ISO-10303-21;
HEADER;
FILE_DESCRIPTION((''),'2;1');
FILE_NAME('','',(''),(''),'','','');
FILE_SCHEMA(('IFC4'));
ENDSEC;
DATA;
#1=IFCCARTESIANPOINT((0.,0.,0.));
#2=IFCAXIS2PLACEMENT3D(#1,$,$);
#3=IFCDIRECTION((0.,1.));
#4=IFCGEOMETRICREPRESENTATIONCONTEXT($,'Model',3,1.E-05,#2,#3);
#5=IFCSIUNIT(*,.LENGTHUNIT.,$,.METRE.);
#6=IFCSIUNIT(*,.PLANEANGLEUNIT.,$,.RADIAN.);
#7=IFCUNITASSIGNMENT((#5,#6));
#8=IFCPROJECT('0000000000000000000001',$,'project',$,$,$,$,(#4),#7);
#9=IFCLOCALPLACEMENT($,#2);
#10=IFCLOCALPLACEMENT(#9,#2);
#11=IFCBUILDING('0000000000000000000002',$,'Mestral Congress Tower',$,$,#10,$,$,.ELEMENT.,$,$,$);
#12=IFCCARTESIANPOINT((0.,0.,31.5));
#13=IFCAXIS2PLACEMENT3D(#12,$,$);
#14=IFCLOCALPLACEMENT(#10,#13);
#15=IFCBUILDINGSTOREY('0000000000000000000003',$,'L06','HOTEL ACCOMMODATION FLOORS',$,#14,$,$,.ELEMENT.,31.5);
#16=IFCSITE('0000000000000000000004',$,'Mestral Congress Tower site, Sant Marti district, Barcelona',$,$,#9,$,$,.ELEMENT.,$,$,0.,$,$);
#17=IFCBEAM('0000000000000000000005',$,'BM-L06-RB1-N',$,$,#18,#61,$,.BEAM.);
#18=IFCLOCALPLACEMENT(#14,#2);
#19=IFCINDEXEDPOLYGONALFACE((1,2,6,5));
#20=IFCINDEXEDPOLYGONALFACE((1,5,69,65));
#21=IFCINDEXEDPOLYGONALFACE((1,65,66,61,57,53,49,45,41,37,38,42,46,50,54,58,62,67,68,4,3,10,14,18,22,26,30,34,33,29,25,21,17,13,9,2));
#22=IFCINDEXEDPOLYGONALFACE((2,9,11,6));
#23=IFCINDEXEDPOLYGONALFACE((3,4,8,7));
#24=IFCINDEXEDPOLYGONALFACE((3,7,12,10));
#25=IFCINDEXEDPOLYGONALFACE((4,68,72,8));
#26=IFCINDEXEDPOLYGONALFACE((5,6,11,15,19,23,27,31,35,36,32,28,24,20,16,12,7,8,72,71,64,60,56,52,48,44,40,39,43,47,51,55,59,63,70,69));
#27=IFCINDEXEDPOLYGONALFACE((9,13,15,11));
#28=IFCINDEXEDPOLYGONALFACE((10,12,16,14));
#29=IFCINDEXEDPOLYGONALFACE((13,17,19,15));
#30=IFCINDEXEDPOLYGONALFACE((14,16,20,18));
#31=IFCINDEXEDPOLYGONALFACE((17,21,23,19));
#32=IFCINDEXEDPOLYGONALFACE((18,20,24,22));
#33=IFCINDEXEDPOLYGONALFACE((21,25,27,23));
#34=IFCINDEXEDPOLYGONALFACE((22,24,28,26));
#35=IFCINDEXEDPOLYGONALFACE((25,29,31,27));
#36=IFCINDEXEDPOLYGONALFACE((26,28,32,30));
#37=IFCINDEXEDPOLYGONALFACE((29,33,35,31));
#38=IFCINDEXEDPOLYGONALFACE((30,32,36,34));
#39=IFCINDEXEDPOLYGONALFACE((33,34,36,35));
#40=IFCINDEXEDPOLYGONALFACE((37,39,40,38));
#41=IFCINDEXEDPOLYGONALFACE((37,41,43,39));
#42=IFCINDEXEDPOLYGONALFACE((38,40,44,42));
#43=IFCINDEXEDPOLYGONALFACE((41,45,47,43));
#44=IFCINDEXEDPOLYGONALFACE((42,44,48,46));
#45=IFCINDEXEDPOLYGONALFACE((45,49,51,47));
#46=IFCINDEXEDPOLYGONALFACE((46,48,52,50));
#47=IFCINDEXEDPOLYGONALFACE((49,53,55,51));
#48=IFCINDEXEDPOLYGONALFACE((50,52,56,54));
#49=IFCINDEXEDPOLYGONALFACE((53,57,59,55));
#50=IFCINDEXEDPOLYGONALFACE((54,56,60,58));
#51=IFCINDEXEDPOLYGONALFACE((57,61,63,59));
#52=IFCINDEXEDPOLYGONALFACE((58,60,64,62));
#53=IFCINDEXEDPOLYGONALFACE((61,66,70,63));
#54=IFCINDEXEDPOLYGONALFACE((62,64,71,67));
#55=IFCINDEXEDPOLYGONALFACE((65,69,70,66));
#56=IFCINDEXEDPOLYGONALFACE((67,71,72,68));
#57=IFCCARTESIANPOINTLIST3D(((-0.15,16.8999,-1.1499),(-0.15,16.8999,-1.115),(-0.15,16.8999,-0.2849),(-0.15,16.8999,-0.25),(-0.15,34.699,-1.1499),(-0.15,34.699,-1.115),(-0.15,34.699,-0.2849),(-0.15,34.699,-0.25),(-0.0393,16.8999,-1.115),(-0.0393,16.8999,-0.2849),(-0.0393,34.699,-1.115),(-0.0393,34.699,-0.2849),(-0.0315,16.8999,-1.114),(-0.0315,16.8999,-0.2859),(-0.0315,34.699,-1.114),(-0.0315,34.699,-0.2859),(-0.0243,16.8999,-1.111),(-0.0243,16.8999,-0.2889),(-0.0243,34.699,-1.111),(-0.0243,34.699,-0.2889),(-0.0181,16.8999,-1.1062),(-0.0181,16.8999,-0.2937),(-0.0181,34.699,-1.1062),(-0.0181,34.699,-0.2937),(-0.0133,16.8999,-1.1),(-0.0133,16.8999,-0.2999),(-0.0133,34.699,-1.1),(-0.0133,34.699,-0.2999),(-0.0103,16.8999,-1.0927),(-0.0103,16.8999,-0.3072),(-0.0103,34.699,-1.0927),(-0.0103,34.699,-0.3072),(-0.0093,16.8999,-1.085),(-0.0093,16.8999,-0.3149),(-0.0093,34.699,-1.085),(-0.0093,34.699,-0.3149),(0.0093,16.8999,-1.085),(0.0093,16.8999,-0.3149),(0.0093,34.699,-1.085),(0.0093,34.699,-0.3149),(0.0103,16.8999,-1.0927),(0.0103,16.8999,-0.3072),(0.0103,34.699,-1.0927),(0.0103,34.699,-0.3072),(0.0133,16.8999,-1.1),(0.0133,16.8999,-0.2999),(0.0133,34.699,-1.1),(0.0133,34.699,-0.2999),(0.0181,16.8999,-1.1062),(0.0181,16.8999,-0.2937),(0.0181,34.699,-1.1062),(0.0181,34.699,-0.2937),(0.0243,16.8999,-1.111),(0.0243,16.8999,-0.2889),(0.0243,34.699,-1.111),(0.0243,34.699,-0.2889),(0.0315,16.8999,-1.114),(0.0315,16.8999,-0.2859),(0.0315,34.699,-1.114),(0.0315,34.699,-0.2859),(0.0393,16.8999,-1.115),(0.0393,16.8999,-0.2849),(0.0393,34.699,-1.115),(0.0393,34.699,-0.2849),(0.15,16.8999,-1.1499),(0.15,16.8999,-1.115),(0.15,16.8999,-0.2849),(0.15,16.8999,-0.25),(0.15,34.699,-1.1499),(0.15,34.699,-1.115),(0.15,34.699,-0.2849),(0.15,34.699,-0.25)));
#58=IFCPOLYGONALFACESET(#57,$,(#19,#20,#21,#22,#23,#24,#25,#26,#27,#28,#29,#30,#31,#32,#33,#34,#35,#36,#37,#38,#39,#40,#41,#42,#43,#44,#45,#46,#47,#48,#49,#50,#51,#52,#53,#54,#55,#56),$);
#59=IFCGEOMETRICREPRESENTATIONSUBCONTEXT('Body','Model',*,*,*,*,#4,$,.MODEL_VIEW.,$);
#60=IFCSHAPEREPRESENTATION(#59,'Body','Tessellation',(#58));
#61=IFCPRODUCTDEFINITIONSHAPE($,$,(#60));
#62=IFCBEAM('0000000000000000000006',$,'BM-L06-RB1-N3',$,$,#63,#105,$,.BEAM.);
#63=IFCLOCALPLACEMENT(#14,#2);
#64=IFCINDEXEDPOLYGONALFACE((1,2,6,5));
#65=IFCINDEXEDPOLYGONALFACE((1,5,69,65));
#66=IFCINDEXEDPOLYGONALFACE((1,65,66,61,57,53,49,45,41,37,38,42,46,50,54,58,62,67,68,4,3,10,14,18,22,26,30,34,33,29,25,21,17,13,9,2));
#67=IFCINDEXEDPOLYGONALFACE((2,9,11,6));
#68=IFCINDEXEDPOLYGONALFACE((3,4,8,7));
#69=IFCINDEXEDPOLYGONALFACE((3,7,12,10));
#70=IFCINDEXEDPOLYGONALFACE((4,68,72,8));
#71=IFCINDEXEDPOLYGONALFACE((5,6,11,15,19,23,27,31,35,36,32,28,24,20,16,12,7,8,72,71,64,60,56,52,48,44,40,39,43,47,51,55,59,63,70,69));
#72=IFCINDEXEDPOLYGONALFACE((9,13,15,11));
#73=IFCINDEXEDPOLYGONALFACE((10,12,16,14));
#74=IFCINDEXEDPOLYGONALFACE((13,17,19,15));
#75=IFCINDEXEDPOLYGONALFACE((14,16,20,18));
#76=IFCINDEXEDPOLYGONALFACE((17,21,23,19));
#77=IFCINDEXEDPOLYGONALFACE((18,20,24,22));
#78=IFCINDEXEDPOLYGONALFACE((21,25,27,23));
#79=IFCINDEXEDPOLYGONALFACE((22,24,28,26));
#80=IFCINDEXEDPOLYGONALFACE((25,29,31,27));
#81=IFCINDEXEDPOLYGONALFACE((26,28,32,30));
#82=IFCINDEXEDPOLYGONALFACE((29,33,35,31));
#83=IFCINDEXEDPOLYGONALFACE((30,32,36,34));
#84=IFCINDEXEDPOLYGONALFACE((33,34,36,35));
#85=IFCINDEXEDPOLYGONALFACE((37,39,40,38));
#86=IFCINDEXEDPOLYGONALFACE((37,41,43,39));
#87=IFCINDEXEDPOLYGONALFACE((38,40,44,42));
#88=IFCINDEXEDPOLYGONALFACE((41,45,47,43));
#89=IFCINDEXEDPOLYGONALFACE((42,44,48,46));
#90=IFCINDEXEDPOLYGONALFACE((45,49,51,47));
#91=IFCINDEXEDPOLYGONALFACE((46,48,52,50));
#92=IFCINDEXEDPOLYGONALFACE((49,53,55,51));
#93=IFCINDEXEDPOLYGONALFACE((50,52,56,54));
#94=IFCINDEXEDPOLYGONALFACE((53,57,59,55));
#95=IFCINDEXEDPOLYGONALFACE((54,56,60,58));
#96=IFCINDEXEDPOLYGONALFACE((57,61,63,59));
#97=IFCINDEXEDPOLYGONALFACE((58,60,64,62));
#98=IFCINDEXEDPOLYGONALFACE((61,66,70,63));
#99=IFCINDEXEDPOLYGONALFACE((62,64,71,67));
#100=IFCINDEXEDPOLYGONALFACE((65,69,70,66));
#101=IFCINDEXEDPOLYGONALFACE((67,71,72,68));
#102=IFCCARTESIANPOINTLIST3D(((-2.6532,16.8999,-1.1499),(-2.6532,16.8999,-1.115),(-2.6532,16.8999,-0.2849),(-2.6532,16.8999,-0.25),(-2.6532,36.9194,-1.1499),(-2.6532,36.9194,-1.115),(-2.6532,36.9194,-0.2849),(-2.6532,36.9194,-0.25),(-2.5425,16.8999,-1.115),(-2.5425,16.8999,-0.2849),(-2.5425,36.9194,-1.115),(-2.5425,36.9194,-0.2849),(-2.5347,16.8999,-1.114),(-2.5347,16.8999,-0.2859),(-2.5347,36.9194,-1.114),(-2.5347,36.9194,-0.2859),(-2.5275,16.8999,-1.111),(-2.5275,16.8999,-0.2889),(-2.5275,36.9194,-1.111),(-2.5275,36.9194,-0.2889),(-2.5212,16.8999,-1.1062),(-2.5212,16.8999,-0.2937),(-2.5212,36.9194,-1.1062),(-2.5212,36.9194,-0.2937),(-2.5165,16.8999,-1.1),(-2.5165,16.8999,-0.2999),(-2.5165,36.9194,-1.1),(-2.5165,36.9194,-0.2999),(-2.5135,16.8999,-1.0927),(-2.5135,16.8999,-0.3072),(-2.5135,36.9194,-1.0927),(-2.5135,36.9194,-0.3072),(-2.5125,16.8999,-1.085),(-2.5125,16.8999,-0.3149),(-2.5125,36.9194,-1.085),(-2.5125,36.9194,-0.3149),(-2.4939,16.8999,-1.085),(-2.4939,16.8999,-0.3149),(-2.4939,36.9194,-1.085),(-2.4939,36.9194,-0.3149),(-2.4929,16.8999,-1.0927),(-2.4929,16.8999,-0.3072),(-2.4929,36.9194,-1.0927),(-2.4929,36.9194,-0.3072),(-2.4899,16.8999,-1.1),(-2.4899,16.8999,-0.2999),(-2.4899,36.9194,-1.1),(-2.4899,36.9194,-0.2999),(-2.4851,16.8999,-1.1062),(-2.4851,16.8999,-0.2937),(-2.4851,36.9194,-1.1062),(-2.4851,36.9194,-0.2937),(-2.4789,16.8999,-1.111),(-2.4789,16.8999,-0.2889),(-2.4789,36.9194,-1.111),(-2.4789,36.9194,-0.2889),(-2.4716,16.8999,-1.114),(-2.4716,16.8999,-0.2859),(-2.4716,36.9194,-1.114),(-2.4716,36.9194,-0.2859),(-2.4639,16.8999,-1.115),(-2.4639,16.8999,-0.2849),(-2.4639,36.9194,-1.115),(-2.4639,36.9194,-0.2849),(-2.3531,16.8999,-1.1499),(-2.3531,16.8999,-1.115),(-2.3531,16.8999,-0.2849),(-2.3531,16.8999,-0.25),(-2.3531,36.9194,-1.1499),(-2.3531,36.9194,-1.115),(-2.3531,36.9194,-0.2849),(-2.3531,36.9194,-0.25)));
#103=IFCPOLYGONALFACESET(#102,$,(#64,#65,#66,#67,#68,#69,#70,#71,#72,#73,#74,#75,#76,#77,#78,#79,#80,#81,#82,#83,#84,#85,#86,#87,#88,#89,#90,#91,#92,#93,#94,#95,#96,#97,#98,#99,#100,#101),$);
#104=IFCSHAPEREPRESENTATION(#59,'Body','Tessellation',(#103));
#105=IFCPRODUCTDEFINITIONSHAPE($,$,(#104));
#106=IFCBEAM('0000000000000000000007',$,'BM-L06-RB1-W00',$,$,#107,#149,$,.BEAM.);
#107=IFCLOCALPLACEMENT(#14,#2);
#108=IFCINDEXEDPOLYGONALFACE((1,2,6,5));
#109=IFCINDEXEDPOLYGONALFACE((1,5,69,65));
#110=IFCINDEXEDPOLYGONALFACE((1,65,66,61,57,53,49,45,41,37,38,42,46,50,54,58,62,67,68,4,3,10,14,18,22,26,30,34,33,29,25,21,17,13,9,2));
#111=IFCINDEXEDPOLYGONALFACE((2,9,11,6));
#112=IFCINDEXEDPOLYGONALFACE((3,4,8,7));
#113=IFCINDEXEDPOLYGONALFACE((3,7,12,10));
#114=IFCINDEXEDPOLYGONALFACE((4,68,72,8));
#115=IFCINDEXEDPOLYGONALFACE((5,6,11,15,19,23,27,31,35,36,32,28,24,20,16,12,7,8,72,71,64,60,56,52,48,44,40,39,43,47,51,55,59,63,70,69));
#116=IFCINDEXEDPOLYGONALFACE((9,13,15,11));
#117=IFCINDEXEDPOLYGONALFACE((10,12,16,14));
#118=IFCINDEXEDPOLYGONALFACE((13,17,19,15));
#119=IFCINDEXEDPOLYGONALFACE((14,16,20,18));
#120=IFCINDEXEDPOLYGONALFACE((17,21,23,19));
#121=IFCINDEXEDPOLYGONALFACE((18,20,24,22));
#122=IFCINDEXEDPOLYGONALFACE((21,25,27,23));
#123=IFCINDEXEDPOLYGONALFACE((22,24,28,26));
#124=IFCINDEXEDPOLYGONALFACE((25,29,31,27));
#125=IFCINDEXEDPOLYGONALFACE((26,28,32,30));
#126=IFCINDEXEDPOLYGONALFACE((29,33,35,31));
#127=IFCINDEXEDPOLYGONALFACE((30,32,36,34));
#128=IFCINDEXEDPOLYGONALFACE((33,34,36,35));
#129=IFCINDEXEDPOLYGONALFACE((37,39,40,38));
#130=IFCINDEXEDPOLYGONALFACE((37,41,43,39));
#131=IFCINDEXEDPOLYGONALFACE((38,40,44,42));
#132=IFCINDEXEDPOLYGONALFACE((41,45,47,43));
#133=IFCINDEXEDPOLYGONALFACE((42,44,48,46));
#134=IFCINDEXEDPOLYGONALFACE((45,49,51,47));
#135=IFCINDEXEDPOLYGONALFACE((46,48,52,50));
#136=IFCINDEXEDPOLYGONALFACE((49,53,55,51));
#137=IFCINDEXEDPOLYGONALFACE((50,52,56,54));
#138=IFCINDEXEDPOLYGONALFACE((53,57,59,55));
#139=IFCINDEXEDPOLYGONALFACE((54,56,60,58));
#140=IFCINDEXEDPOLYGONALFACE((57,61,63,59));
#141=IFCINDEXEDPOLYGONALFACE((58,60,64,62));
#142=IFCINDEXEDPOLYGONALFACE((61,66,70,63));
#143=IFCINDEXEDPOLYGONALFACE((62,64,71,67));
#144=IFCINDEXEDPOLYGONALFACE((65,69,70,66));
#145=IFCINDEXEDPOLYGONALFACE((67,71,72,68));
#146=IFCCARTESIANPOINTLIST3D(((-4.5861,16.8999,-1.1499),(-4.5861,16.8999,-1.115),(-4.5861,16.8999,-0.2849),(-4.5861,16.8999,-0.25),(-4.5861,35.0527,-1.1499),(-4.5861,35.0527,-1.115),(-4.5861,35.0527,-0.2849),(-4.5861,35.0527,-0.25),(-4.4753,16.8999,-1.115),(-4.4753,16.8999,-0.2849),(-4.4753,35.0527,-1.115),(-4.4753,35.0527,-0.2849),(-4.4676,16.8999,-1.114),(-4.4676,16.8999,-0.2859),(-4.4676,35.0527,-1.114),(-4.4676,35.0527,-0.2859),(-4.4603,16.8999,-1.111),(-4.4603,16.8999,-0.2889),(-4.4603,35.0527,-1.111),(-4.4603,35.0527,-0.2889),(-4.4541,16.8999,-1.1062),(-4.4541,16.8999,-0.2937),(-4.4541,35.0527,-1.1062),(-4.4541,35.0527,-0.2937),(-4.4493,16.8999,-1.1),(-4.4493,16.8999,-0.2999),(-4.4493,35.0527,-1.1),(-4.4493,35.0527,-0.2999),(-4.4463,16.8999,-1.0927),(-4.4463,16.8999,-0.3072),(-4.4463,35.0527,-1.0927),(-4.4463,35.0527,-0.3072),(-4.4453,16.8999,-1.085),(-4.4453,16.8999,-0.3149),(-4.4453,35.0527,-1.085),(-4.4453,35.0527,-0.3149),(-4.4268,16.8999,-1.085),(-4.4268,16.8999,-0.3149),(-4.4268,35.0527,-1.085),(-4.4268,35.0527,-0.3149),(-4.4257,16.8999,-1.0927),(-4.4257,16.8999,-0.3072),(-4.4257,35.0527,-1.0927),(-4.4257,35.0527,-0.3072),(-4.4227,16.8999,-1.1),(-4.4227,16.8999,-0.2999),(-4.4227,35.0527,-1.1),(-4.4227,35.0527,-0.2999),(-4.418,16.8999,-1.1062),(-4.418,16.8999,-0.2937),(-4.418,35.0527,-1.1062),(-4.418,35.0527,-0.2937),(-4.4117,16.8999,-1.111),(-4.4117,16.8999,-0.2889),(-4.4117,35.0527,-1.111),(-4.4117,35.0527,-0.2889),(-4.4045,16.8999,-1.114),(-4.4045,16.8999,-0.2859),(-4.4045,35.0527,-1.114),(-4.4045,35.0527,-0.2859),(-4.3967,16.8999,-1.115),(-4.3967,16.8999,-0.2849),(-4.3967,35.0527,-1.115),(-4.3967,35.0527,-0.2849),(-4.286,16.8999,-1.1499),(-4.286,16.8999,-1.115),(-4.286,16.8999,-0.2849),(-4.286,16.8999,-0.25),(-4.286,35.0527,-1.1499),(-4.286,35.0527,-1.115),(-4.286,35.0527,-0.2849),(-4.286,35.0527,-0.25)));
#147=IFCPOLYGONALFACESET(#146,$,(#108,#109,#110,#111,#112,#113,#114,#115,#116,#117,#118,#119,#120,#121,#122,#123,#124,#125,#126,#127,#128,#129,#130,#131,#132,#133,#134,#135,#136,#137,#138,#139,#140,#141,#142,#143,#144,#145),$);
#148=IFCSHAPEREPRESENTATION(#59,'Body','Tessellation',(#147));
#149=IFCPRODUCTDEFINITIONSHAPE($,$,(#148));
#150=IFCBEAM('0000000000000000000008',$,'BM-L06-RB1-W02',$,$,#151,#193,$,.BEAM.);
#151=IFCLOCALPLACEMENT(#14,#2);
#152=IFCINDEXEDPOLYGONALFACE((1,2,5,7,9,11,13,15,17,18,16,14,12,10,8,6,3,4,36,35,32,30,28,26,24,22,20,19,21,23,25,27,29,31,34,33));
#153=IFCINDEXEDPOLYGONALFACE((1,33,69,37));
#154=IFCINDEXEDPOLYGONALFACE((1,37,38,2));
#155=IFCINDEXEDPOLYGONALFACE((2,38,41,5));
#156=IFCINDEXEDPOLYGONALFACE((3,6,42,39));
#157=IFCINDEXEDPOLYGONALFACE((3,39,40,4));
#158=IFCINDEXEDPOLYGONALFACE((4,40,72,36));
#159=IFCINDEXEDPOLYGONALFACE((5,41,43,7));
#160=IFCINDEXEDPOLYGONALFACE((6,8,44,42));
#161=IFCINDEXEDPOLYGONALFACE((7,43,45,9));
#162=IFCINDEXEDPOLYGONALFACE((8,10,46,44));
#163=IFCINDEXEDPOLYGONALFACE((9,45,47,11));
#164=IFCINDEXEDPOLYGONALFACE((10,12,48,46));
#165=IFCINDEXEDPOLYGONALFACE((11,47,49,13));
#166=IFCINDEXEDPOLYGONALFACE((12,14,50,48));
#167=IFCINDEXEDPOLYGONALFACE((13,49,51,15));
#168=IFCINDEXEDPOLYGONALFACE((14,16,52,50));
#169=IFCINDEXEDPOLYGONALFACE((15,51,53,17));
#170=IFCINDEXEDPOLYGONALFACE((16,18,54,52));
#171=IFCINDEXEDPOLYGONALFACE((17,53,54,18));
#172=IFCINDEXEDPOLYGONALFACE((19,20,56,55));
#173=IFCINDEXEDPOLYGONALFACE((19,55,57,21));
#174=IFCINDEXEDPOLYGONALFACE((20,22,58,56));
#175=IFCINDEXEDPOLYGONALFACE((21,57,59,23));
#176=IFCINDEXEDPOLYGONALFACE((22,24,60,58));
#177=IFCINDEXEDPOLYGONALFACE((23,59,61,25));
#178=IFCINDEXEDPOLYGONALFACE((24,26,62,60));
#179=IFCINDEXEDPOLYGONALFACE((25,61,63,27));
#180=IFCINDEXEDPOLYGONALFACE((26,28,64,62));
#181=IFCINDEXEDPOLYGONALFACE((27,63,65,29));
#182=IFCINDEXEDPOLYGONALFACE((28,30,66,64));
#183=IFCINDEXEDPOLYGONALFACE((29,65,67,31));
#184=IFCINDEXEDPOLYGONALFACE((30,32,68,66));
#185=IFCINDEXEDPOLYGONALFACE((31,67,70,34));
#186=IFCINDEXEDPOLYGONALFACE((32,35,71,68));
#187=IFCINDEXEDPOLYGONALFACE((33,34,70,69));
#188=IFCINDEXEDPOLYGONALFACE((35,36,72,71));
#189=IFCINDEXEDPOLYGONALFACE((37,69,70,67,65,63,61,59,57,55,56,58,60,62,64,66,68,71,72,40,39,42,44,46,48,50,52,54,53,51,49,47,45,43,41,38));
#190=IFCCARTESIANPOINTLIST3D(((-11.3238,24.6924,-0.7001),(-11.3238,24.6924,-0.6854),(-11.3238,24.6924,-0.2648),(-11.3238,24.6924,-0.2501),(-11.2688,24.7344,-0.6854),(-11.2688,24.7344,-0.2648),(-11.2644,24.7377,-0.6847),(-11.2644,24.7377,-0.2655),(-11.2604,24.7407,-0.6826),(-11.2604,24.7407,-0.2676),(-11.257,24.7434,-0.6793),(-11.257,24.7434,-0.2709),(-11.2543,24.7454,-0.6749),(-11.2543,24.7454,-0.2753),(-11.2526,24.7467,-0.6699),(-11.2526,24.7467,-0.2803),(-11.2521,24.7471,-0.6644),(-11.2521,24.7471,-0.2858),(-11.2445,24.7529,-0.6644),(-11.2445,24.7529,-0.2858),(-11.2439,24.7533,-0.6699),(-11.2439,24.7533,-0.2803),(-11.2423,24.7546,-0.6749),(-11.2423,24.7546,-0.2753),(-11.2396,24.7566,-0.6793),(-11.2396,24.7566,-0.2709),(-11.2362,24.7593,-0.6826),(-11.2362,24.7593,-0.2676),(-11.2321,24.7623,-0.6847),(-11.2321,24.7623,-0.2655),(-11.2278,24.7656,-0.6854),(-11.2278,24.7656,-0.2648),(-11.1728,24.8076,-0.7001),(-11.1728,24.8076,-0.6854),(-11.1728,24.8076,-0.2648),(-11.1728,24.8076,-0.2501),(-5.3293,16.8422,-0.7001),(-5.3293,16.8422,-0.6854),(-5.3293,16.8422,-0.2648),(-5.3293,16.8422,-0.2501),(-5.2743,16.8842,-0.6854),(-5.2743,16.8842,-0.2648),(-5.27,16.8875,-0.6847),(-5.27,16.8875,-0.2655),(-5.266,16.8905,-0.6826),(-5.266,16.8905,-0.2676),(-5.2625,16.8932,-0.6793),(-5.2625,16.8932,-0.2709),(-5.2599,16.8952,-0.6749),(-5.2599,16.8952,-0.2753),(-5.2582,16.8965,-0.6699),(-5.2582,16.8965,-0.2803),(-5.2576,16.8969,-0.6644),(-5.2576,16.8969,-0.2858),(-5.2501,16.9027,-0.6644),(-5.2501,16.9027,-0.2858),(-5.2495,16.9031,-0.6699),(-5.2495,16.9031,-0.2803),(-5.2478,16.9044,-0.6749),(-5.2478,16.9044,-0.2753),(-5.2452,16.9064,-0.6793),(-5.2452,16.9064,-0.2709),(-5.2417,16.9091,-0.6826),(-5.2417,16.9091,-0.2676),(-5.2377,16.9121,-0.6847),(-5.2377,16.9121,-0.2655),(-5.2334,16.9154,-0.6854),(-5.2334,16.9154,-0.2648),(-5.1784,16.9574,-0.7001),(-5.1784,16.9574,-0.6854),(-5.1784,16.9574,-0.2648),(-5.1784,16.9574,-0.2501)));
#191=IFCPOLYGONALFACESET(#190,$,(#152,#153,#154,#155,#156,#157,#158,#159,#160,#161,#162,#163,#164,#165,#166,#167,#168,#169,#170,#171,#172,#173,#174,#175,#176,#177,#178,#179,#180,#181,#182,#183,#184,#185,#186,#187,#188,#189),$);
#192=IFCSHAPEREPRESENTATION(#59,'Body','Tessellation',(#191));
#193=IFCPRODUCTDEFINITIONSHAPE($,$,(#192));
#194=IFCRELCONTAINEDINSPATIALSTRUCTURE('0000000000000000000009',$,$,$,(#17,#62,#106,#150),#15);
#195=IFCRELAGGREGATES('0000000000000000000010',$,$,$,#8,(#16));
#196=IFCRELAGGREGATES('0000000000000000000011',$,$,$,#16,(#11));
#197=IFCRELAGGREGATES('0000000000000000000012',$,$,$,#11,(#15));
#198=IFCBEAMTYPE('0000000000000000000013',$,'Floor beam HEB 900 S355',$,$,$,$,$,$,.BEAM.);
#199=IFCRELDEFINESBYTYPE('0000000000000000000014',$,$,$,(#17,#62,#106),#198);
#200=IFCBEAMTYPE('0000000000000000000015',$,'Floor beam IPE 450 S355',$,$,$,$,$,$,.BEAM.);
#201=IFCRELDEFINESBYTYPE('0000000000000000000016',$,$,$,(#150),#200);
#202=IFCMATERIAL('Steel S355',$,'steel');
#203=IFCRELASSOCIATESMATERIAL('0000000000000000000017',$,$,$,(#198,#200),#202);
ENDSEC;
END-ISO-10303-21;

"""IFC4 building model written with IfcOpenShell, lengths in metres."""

from ifc_helpers import new_model, si_unit, direction, frame, origin, origin_2d, place, context, subcontext, project, spatial, i_section, extrude, material, material_profile, profile_set, type_object, element, save


model = new_model("IFC4")

# Units and contexts
model_context = context("Model", 3, precision=1e-05, world=origin(), true_north=direction((0.0, 1.0)))
body_context = subcontext(model_context, "Body", "Model", "MODEL_VIEW")
ifc_project = project(units=[si_unit("LENGTHUNIT", "METRE"), si_unit("PLANEANGLEUNIT", "RADIAN")], contexts=[model_context])

# Site, building, storey
site_placement = place(None, origin())
site = spatial("IfcSite", under=ifc_project, at=site_placement, Name="Mestral Congress Tower site, Sant Marti district, Barcelona", CompositionType="ELEMENT", RefElevation=0.0)
building_placement = place(site_placement, origin())
building = spatial("IfcBuilding", under=site, at=building_placement, Name="Mestral Congress Tower", CompositionType="ELEMENT")
storey_placement = place(building_placement, frame((0.0, 0.0, 31.5)))
storey = spatial("IfcBuildingStorey", under=building, at=storey_placement, Name="L06", Description="HOTEL ACCOMMODATION FLOORS", CompositionType="ELEMENT", Elevation=31.5)

# Beams
ifc_material_1 = material(Name="Steel S355", Category="steel")
ifc_material_profile_1 = material_profile(ifc_material_1, i_section(OverallWidth=0.3, OverallDepth=0.8999, WebThickness=0.0186, FlangeThickness=0.0349, FilletRadius=0.03, at=origin_2d()), Name="HEB 900")
ifc_profile_set_1 = profile_set([ifc_material_profile_1], Name="Steel S355")
beam_type_1 = type_object("IfcBeamType", Name="Floor beam HEB 900 S355", PredefinedType="BEAM", material=ifc_profile_set_1)
beam_1_placement = place(storey_placement, frame((0.0, 34.699, -0.7), z_axis=(0.0, -1.0, 0.0), x_axis=(1.0, 0.0, 0.0)))
element("IfcBeam", 1, at=beam_1_placement, inside=storey, type_object=beam_type_1, Name="BM-L06-RB1-N", PredefinedType="BEAM", context=body_context, shape_type="SweptSolid", body=[
    extrude(i_section(OverallWidth=0.3, OverallDepth=0.8999, WebThickness=0.0186, FlangeThickness=0.0349, FilletRadius=0.03, at=origin_2d()), origin(), (0.0, 0.0, 1.0), 17.7991),
])
beam_2_placement = place(storey_placement, frame((-2.5032, 36.9194, -0.7), z_axis=(0.0, -1.0, 0.0), x_axis=(1.0, 0.0, 0.0)))
element("IfcBeam", 2, at=beam_2_placement, inside=storey, type_object=beam_type_1, Name="BM-L06-RB1-N3", PredefinedType="BEAM", context=body_context, shape_type="SweptSolid", body=[
    extrude(i_section(OverallWidth=0.3, OverallDepth=0.8999, WebThickness=0.0186, FlangeThickness=0.0349, FilletRadius=0.03, at=origin_2d()), origin(), (0.0, 0.0, 1.0), 20.0195),
])
beam_3_placement = place(storey_placement, frame((-4.436, 35.0527, -0.7), z_axis=(0.0, -1.0, 0.0), x_axis=(1.0, 0.0, 0.0)))
element("IfcBeam", 3, at=beam_3_placement, inside=storey, type_object=beam_type_1, Name="BM-L06-RB1-W00", PredefinedType="BEAM", context=body_context, shape_type="SweptSolid", body=[
    extrude(i_section(OverallWidth=0.3, OverallDepth=0.8999, WebThickness=0.0186, FlangeThickness=0.0349, FilletRadius=0.03, at=origin_2d()), origin(), (0.0, 0.0, 1.0), 18.1528),
])
ifc_material_profile_2 = material_profile(ifc_material_1, i_section(OverallWidth=0.1899, OverallDepth=0.45, WebThickness=0.0095, FlangeThickness=0.0146, FilletRadius=0.021, at=origin_2d()), Name="IPE 450")
ifc_profile_set_2 = profile_set([ifc_material_profile_2], Name="Steel S355")
beam_type_2 = type_object("IfcBeamType", Name="Floor beam IPE 450 S355", PredefinedType="BEAM", material=ifc_profile_set_2)
beam_4_placement = place(storey_placement, frame((-11.2483, 24.75, -0.4751), z_axis=(0.606899, -0.794779, 0.0), x_axis=(0.794779, 0.606899, 0.0)))
element("IfcBeam", 4, at=beam_4_placement, inside=storey, type_object=beam_type_2, Name="BM-L06-RB1-W02", PredefinedType="BEAM", context=body_context, shape_type="SweptSolid", body=[
    extrude(i_section(OverallWidth=0.1899, OverallDepth=0.45, WebThickness=0.0095, FlangeThickness=0.0146, FilletRadius=0.021, at=origin_2d()), origin(), (0.0, 0.0, 1.0), 9.8772),
])

save(model, "model.ifc")
